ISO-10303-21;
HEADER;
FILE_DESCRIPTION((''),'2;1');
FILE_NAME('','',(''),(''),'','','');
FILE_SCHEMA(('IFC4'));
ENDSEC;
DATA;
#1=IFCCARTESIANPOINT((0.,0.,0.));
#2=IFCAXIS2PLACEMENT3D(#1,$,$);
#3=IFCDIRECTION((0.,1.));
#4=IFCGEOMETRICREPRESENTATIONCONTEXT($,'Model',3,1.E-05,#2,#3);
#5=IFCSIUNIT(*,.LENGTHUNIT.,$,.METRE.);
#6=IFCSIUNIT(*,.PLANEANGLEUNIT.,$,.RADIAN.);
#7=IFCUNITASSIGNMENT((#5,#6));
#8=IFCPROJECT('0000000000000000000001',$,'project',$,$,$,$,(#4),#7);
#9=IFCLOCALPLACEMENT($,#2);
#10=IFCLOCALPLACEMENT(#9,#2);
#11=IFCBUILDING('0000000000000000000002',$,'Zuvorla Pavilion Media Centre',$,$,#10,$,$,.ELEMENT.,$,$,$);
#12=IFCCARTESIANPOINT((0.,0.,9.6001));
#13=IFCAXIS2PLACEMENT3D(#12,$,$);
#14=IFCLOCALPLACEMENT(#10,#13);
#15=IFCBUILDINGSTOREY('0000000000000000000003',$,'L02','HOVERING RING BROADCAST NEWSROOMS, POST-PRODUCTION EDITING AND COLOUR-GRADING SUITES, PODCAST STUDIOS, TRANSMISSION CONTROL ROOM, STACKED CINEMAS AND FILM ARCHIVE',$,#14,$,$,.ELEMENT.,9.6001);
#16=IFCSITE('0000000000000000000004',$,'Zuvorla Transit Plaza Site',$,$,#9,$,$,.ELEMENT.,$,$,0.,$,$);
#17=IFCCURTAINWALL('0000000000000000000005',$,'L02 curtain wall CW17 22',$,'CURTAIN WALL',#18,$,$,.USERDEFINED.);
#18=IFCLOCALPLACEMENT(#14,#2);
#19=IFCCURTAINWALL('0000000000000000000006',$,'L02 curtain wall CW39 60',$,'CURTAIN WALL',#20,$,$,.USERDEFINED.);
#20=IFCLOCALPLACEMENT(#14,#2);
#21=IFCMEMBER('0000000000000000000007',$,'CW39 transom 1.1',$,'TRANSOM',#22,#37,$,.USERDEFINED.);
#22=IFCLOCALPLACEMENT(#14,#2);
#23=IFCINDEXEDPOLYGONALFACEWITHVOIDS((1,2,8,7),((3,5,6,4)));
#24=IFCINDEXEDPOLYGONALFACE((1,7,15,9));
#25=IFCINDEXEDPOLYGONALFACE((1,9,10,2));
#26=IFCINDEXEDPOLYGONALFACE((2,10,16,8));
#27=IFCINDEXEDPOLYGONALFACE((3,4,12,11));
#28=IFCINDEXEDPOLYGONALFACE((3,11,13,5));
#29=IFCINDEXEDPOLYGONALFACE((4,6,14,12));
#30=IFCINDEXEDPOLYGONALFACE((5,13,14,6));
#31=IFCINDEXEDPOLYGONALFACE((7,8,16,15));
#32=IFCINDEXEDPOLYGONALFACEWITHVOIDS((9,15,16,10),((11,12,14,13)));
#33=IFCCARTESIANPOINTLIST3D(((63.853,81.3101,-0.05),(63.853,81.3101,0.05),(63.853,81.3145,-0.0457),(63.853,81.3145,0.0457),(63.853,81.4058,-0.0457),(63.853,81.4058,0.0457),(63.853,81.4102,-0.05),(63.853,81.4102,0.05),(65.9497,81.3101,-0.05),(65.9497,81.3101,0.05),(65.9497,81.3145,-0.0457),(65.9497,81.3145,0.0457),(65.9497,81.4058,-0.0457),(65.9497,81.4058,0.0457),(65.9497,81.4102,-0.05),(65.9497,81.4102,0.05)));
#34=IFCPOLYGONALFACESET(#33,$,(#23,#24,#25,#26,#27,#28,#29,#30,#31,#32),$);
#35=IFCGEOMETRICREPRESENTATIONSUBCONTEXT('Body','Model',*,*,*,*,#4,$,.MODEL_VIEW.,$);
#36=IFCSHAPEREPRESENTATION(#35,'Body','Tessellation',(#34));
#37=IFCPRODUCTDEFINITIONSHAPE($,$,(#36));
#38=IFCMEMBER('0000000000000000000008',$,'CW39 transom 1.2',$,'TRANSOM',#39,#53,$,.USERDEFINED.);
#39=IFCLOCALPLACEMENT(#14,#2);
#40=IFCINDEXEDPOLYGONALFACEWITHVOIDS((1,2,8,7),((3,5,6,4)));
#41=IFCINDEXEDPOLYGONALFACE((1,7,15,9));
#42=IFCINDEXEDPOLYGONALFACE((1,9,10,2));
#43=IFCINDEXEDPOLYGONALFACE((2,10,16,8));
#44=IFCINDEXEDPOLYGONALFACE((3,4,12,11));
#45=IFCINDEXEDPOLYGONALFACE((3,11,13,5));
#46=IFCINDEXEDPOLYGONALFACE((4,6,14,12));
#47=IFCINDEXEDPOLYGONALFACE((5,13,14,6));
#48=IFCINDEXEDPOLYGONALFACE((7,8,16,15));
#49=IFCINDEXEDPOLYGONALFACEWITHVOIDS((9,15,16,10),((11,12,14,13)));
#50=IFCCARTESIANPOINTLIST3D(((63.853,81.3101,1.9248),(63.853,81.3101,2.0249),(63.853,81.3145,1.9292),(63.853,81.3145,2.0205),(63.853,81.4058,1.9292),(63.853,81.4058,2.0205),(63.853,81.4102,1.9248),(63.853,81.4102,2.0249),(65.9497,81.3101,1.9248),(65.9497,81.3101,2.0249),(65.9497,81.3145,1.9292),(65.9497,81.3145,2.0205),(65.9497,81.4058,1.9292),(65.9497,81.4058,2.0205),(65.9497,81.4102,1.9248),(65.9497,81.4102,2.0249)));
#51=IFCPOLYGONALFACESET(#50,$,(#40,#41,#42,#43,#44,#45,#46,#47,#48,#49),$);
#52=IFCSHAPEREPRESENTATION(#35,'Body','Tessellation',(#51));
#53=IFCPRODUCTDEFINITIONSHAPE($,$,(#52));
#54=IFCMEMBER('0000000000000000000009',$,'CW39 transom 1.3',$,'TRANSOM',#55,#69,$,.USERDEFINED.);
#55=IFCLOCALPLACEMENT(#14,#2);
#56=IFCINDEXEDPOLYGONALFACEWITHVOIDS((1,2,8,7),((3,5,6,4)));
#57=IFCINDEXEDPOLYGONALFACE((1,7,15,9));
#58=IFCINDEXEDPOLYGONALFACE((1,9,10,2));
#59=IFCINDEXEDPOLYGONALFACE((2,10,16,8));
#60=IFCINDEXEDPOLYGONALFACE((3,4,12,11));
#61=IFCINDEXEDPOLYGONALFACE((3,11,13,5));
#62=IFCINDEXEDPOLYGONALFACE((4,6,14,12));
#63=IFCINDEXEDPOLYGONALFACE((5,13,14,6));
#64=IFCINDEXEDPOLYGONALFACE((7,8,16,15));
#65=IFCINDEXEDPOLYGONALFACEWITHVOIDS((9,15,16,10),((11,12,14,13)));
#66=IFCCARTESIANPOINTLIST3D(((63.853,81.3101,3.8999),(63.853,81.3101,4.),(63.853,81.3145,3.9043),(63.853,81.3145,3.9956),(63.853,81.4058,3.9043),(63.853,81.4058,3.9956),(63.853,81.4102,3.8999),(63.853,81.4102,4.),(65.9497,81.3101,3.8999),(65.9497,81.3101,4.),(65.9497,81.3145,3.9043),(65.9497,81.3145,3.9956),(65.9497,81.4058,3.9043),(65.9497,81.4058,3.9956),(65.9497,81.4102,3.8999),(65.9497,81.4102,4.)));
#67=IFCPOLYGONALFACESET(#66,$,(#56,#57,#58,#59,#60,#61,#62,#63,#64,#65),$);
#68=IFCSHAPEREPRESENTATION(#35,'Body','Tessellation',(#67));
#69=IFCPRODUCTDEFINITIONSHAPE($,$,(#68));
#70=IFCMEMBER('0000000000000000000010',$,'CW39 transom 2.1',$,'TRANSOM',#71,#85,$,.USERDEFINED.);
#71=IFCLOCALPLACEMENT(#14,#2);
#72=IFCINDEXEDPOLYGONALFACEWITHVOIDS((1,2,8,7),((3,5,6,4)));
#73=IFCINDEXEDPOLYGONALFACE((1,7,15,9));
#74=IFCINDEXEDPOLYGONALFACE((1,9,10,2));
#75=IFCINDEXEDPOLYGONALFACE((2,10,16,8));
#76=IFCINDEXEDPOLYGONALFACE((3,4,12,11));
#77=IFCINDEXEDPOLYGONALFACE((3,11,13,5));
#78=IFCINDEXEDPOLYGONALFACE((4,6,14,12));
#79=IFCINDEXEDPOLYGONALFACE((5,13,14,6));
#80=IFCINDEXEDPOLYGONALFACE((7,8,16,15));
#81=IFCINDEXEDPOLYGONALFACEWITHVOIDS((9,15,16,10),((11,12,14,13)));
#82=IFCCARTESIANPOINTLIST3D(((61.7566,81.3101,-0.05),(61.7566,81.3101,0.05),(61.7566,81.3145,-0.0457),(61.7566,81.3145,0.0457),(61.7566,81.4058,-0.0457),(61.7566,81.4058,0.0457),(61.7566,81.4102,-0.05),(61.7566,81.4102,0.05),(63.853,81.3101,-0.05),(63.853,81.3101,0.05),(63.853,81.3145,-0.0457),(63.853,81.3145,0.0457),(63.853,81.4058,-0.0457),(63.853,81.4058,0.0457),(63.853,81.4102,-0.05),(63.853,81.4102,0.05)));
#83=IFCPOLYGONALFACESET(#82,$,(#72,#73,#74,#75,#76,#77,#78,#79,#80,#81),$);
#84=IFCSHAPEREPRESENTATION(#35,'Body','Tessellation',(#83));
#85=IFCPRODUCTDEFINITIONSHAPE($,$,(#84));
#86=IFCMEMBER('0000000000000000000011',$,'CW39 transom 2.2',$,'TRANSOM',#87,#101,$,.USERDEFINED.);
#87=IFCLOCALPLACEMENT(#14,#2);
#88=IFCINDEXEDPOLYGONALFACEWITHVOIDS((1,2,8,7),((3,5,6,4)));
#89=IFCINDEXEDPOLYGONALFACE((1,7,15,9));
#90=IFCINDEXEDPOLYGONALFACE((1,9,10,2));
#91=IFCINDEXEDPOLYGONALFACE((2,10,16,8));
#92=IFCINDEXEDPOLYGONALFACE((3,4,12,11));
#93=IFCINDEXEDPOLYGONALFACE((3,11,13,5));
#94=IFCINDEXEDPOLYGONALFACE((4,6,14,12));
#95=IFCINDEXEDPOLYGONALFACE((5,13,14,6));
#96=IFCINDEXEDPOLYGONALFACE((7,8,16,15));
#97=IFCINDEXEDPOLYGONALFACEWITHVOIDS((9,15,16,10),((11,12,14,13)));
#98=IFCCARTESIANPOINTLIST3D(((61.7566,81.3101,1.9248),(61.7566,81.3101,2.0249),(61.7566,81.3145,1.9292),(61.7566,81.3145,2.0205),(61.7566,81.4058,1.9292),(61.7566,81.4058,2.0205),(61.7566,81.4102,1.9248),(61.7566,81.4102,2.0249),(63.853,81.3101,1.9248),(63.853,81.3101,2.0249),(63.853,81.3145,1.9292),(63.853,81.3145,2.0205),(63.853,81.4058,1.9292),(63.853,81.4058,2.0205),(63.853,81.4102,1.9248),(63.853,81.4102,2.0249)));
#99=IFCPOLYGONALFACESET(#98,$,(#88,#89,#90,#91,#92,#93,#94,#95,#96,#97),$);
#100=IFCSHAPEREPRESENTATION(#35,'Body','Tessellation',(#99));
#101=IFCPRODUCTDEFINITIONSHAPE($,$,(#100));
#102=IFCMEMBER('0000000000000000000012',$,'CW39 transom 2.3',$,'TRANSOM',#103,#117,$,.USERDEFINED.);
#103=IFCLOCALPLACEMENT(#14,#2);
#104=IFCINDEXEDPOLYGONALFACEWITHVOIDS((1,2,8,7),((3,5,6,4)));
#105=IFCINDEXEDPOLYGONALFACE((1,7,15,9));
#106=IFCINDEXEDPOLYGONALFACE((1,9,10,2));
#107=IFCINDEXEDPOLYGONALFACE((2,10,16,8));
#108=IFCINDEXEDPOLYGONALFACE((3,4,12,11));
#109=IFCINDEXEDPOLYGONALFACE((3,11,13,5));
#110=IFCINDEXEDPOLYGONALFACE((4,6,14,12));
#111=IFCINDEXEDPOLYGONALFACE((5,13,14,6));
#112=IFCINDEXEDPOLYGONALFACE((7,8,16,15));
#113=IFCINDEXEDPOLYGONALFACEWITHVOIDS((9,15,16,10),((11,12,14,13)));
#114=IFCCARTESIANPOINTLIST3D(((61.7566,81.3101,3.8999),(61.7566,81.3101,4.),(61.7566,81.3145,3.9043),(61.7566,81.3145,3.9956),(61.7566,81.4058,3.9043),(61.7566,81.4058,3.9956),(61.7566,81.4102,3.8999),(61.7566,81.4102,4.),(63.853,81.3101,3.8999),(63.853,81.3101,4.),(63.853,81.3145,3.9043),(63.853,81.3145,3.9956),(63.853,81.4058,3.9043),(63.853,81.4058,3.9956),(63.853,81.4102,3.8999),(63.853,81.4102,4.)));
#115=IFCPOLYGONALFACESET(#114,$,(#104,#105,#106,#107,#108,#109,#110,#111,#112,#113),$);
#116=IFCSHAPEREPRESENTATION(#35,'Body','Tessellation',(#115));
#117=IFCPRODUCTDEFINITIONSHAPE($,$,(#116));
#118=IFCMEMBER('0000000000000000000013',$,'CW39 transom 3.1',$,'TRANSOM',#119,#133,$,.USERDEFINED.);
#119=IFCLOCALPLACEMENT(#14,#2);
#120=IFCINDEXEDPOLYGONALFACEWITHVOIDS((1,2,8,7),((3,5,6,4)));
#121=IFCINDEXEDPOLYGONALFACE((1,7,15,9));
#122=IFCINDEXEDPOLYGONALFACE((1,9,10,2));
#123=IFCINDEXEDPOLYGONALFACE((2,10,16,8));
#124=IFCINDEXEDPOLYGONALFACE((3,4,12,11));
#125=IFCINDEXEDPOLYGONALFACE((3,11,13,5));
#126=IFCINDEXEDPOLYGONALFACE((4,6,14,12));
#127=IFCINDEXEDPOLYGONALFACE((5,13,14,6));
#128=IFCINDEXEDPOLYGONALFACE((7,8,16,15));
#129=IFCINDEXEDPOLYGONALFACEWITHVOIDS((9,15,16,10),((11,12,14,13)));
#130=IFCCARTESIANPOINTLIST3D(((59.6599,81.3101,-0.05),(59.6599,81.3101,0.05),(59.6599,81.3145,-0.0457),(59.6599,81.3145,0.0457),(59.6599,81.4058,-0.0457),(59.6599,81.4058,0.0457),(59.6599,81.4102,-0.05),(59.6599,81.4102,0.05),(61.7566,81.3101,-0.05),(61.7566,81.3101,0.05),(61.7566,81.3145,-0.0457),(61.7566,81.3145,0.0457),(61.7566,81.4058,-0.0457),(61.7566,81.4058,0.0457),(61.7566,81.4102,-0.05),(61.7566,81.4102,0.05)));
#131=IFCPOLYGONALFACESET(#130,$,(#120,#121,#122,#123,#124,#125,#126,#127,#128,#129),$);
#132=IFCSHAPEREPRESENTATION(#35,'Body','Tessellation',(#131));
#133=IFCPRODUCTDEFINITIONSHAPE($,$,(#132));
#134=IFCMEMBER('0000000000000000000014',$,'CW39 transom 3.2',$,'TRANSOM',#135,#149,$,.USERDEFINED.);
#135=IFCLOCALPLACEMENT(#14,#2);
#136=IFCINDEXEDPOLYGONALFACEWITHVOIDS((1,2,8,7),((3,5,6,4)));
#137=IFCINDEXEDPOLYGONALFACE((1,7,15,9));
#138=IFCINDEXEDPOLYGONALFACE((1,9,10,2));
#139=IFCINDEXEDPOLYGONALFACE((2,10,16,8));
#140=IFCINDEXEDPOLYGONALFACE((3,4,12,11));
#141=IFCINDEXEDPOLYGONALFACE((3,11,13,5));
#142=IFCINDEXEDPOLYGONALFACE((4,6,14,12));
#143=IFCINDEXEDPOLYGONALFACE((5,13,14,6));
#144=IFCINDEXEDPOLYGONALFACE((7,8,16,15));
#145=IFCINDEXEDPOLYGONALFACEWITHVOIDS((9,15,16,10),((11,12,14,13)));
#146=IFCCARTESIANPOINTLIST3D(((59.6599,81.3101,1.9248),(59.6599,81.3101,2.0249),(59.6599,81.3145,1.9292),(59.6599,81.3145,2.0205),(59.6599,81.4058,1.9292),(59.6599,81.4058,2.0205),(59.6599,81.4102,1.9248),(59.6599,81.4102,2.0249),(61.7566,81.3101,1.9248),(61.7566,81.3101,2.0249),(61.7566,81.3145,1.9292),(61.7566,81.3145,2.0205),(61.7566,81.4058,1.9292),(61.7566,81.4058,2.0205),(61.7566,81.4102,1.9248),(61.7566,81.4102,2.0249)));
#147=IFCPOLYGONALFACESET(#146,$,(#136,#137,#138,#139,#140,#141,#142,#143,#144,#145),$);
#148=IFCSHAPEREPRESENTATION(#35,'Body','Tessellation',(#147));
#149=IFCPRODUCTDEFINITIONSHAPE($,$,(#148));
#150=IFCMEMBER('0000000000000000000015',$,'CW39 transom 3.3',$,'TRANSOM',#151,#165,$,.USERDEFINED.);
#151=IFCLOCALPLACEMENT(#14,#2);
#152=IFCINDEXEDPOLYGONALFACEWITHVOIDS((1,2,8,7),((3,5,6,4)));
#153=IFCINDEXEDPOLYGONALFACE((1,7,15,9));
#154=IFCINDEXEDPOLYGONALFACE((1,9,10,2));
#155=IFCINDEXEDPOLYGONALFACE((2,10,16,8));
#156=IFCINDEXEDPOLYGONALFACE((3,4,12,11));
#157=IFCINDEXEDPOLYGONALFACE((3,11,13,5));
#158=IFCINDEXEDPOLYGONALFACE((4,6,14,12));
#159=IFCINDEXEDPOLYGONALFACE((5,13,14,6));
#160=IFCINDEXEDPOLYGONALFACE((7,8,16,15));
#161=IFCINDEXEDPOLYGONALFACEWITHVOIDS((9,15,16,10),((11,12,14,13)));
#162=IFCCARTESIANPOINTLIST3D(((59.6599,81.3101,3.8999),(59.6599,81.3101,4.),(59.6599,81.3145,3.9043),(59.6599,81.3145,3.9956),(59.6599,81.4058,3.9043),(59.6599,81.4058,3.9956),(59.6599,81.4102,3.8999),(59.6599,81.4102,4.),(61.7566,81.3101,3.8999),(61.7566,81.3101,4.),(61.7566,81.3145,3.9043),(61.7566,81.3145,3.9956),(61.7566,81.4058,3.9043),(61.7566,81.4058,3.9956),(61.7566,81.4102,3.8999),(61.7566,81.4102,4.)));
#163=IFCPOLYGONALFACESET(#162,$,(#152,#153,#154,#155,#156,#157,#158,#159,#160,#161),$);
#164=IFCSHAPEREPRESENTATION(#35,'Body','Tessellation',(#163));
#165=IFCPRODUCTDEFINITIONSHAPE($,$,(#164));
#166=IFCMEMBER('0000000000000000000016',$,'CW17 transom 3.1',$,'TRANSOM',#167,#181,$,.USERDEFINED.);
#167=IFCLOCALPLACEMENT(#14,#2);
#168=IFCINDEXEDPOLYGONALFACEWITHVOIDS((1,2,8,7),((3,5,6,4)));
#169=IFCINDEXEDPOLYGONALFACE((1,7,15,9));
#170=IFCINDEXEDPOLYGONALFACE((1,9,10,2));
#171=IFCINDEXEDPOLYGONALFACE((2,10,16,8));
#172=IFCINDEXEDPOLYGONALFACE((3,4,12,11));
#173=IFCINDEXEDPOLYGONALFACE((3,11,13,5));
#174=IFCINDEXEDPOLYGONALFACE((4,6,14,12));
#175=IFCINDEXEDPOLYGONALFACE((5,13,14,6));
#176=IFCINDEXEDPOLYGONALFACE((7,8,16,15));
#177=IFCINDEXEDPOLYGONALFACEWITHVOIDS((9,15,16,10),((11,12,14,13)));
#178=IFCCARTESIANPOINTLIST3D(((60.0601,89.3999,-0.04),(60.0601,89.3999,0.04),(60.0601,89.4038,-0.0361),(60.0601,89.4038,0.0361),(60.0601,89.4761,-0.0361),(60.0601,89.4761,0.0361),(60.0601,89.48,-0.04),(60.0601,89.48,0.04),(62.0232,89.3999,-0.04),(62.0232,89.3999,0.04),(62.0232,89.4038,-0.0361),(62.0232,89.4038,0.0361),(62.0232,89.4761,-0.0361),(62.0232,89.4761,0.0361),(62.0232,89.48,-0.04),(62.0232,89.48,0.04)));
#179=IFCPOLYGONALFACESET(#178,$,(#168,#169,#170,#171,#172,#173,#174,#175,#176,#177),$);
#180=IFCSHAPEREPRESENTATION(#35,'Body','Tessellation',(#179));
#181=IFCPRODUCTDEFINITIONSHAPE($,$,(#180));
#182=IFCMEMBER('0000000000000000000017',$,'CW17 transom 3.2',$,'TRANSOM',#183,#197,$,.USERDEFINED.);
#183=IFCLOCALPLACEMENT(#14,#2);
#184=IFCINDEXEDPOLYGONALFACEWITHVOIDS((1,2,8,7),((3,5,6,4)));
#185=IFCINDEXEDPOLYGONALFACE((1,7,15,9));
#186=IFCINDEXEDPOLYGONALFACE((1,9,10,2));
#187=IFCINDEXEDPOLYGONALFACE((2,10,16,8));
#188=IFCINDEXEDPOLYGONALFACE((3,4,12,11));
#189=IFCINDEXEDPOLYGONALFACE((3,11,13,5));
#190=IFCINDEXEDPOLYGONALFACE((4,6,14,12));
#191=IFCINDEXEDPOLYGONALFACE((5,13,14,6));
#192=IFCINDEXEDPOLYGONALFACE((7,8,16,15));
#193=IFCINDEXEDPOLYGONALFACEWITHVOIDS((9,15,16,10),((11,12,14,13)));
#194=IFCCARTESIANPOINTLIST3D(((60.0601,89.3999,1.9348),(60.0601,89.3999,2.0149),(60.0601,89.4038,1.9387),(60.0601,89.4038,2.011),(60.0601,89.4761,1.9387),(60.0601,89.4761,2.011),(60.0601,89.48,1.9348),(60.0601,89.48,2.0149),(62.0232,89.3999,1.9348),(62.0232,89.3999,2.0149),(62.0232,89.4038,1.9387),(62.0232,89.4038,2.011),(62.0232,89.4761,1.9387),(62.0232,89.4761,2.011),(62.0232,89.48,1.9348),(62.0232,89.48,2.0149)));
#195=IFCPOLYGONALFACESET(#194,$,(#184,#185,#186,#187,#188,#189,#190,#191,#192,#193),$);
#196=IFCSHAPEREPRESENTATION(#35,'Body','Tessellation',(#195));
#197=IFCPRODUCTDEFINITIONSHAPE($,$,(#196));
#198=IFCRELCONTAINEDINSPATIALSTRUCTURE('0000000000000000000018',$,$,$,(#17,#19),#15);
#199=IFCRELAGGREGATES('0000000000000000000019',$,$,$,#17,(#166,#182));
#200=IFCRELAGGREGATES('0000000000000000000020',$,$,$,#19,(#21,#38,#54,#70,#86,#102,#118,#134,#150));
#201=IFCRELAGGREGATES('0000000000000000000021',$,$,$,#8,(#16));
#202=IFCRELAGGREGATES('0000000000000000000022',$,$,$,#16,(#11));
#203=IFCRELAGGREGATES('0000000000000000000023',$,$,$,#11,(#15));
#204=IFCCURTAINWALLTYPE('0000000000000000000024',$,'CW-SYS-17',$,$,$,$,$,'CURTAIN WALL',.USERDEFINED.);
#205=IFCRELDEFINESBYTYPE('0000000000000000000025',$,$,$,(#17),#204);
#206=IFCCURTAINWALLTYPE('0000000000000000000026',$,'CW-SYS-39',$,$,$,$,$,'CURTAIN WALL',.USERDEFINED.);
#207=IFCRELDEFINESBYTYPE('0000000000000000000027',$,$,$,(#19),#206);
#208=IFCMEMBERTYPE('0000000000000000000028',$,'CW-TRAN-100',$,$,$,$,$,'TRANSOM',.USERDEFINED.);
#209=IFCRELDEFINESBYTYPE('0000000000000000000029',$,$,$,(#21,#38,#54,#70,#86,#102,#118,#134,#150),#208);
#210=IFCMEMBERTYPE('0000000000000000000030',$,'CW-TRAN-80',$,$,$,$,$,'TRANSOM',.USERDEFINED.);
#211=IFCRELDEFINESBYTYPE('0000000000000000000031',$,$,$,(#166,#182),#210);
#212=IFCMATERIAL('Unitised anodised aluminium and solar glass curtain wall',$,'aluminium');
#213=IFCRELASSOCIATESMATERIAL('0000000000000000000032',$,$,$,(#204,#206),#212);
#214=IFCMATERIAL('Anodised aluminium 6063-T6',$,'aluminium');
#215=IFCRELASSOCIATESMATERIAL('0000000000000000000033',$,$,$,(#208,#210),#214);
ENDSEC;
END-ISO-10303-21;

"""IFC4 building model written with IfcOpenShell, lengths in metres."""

from ifc_helpers import new_model, si_unit, direction, frame, origin, origin_2d, place, context, subcontext, project, spatial, hollow_rectangle, extrude, material, material_profile, profile_set, type_object, element, aggregate, save


model = new_model("IFC4")

# Units and contexts
model_context = context("Model", 3, precision=1e-05, world=origin(), true_north=direction((0.0, 1.0)))
body_context = subcontext(model_context, "Body", "Model", "MODEL_VIEW")
ifc_project = project(units=[si_unit("LENGTHUNIT", "METRE"), si_unit("PLANEANGLEUNIT", "RADIAN")], contexts=[model_context])

# Site, building, storey
site_placement = place(None, origin())
site = spatial("IfcSite", under=ifc_project, at=site_placement, Name="Zuvorla Transit Plaza Site", CompositionType="ELEMENT", RefElevation=0.0)
building_placement = place(site_placement, origin())
building = spatial("IfcBuilding", under=site, at=building_placement, Name="Zuvorla Pavilion Media Centre", CompositionType="ELEMENT")
storey_placement = place(building_placement, frame((0.0, 0.0, 9.6001)))
storey = spatial("IfcBuildingStorey", under=building, at=storey_placement, Name="L02", Description="HOVERING RING BROADCAST NEWSROOMS, POST-PRODUCTION EDITING AND COLOUR-GRADING SUITES, PODCAST STUDIOS, TRANSMISSION CONTROL ROOM, STACKED CINEMAS AND FILM ARCHIVE", CompositionType="ELEMENT", Elevation=9.6001)

# Curtain wall
ifc_material_1 = material(Name="Unitised anodised aluminium and solar glass curtain wall", Category="aluminium")
curtain_wall_type_1 = type_object("IfcCurtainWallType", Name="CW-SYS-17", ElementType="CURTAIN WALL", PredefinedType="USERDEFINED", material=ifc_material_1)
curtain_wall_1_placement = place(storey_placement, origin())
curtain_wall_1 = element("IfcCurtainWall", 1, at=curtain_wall_1_placement, inside=storey, type_object=curtain_wall_type_1, Name="L02 curtain wall CW17 22", ObjectType="CURTAIN WALL", PredefinedType="USERDEFINED")
ifc_material_2 = material(Name="Anodised aluminium 6063-T6", Category="aluminium")

# Curtain wall, members
curtain_wall_type_2 = type_object("IfcCurtainWallType", Name="CW-SYS-39", ElementType="CURTAIN WALL", PredefinedType="USERDEFINED", material=ifc_material_1)
curtain_wall_2_placement = place(storey_placement, origin())
curtain_wall_2 = element("IfcCurtainWall", 2, at=curtain_wall_2_placement, inside=storey, type_object=curtain_wall_type_2, Name="L02 curtain wall CW39 60", ObjectType="CURTAIN WALL", PredefinedType="USERDEFINED")
ifc_material_profile_1 = material_profile(ifc_material_2, hollow_rectangle(XDim=0.1001, YDim=0.1001, WallThickness=0.0044, at=origin_2d()), Name="ALU TRAN 100x100")
ifc_profile_set_1 = profile_set([ifc_material_profile_1], Name="Anodised aluminium 6063-T6")
member_type_1 = type_object("IfcMemberType", Name="CW-TRAN-100", ElementType="TRANSOM", PredefinedType="USERDEFINED", material=ifc_profile_set_1)
member_1_placement = place(storey_placement, frame((65.9497, 81.3601, 0.0), z_axis=(-1.0, 0.0, 0.0), x_axis=(0.0, -1.0, 0.0)))
member_1 = element("IfcMember", 3, at=member_1_placement, type_object=member_type_1, Name="CW39 transom 1.1", ObjectType="TRANSOM", PredefinedType="USERDEFINED", context=body_context, shape_type="SweptSolid", body=[
    extrude(hollow_rectangle(XDim=0.1001, YDim=0.1001, WallThickness=0.0044, at=origin_2d()), origin(), (0.0, 0.0, 1.0), 2.0967),
])
member_2_placement = place(storey_placement, frame((65.9497, 81.3601, 1.9749), z_axis=(-1.0, 0.0, 0.0), x_axis=(0.0, -1.0, 0.0)))
member_2 = element("IfcMember", 4, at=member_2_placement, type_object=member_type_1, Name="CW39 transom 1.2", ObjectType="TRANSOM", PredefinedType="USERDEFINED", context=body_context, shape_type="SweptSolid", body=[
    extrude(hollow_rectangle(XDim=0.1001, YDim=0.1001, WallThickness=0.0044, at=origin_2d()), origin(), (0.0, 0.0, 1.0), 2.0967),
])
member_3_placement = place(storey_placement, frame((65.9497, 81.3601, 3.95), z_axis=(-1.0, 0.0, 0.0), x_axis=(0.0, -1.0, 0.0)))
member_3 = element("IfcMember", 5, at=member_3_placement, type_object=member_type_1, Name="CW39 transom 1.3", ObjectType="TRANSOM", PredefinedType="USERDEFINED", context=body_context, shape_type="SweptSolid", body=[
    extrude(hollow_rectangle(XDim=0.1001, YDim=0.1001, WallThickness=0.0044, at=origin_2d()), origin(), (0.0, 0.0, 1.0), 2.0967),
])
member_4_placement = place(storey_placement, frame((63.853, 81.3601, 0.0), z_axis=(-1.0, 0.0, 0.0), x_axis=(0.0, -1.0, 0.0)))
member_4 = element("IfcMember", 6, at=member_4_placement, type_object=member_type_1, Name="CW39 transom 2.1", ObjectType="TRANSOM", PredefinedType="USERDEFINED", context=body_context, shape_type="SweptSolid", body=[
    extrude(hollow_rectangle(XDim=0.1001, YDim=0.1001, WallThickness=0.0044, at=origin_2d()), origin(), (0.0, 0.0, 1.0), 2.0964),
])
member_5_placement = place(storey_placement, frame((63.853, 81.3601, 1.9749), z_axis=(-1.0, 0.0, 0.0), x_axis=(0.0, -1.0, 0.0)))
member_5 = element("IfcMember", 7, at=member_5_placement, type_object=member_type_1, Name="CW39 transom 2.2", ObjectType="TRANSOM", PredefinedType="USERDEFINED", context=body_context, shape_type="SweptSolid", body=[
    extrude(hollow_rectangle(XDim=0.1001, YDim=0.1001, WallThickness=0.0044, at=origin_2d()), origin(), (0.0, 0.0, 1.0), 2.0964),
])
member_6_placement = place(storey_placement, frame((63.853, 81.3601, 3.95), z_axis=(-1.0, 0.0, 0.0), x_axis=(0.0, -1.0, 0.0)))
member_6 = element("IfcMember", 8, at=member_6_placement, type_object=member_type_1, Name="CW39 transom 2.3", ObjectType="TRANSOM", PredefinedType="USERDEFINED", context=body_context, shape_type="SweptSolid", body=[
    extrude(hollow_rectangle(XDim=0.1001, YDim=0.1001, WallThickness=0.0044, at=origin_2d()), origin(), (0.0, 0.0, 1.0), 2.0964),
])
member_7_placement = place(storey_placement, frame((61.7566, 81.3601, 0.0), z_axis=(-1.0, 0.0, 0.0), x_axis=(0.0, -1.0, 0.0)))
member_7 = element("IfcMember", 9, at=member_7_placement, type_object=member_type_1, Name="CW39 transom 3.1", ObjectType="TRANSOM", PredefinedType="USERDEFINED", context=body_context, shape_type="SweptSolid", body=[
    extrude(hollow_rectangle(XDim=0.1001, YDim=0.1001, WallThickness=0.0044, at=origin_2d()), origin(), (0.0, 0.0, 1.0), 2.0967),
])
member_8_placement = place(storey_placement, frame((61.7566, 81.3601, 1.9749), z_axis=(-1.0, 0.0, 0.0), x_axis=(0.0, -1.0, 0.0)))
member_8 = element("IfcMember", 10, at=member_8_placement, type_object=member_type_1, Name="CW39 transom 3.2", ObjectType="TRANSOM", PredefinedType="USERDEFINED", context=body_context, shape_type="SweptSolid", body=[
    extrude(hollow_rectangle(XDim=0.1001, YDim=0.1001, WallThickness=0.0044, at=origin_2d()), origin(), (0.0, 0.0, 1.0), 2.0967),
])
member_9_placement = place(storey_placement, frame((61.7566, 81.3601, 3.95), z_axis=(-1.0, 0.0, 0.0), x_axis=(0.0, -1.0, 0.0)))
member_9 = element("IfcMember", 11, at=member_9_placement, type_object=member_type_1, Name="CW39 transom 3.3", ObjectType="TRANSOM", PredefinedType="USERDEFINED", context=body_context, shape_type="SweptSolid", body=[
    extrude(hollow_rectangle(XDim=0.1001, YDim=0.1001, WallThickness=0.0044, at=origin_2d()), origin(), (0.0, 0.0, 1.0), 2.0967),
])

# Members
ifc_material_profile_2 = material_profile(ifc_material_2, hollow_rectangle(XDim=0.0801, YDim=0.0801, WallThickness=0.0039, at=origin_2d()), Name="ALU TRAN 80x80")
ifc_profile_set_2 = profile_set([ifc_material_profile_2], Name="Anodised aluminium 6063-T6")
member_type_2 = type_object("IfcMemberType", Name="CW-TRAN-80", ElementType="TRANSOM", PredefinedType="USERDEFINED", material=ifc_profile_set_2)
member_10_placement = place(storey_placement, frame((62.0232, 89.4399, 0.0), z_axis=(-1.0, 0.0, 0.0), x_axis=(0.0, -1.0, 0.0)))
member_10 = element("IfcMember", 12, at=member_10_placement, type_object=member_type_2, Name="CW17 transom 3.1", ObjectType="TRANSOM", PredefinedType="USERDEFINED", context=body_context, shape_type="SweptSolid", body=[
    extrude(hollow_rectangle(XDim=0.0801, YDim=0.0801, WallThickness=0.0039, at=origin_2d()), origin(), (0.0, 0.0, 1.0), 1.9631),
])
member_11_placement = place(storey_placement, frame((62.0232, 89.4399, 1.9749), z_axis=(-1.0, 0.0, 0.0), x_axis=(0.0, -1.0, 0.0)))
member_11 = element("IfcMember", 13, at=member_11_placement, type_object=member_type_2, Name="CW17 transom 3.2", ObjectType="TRANSOM", PredefinedType="USERDEFINED", context=body_context, shape_type="SweptSolid", body=[
    extrude(hollow_rectangle(XDim=0.0801, YDim=0.0801, WallThickness=0.0039, at=origin_2d()), origin(), (0.0, 0.0, 1.0), 1.9631),
])

aggregate(curtain_wall_1, [member_10, member_11])
aggregate(curtain_wall_2, [member_1, member_2, member_3, member_4, member_5, member_6, member_7, member_8, member_9])

save(model, "model.ifc")
